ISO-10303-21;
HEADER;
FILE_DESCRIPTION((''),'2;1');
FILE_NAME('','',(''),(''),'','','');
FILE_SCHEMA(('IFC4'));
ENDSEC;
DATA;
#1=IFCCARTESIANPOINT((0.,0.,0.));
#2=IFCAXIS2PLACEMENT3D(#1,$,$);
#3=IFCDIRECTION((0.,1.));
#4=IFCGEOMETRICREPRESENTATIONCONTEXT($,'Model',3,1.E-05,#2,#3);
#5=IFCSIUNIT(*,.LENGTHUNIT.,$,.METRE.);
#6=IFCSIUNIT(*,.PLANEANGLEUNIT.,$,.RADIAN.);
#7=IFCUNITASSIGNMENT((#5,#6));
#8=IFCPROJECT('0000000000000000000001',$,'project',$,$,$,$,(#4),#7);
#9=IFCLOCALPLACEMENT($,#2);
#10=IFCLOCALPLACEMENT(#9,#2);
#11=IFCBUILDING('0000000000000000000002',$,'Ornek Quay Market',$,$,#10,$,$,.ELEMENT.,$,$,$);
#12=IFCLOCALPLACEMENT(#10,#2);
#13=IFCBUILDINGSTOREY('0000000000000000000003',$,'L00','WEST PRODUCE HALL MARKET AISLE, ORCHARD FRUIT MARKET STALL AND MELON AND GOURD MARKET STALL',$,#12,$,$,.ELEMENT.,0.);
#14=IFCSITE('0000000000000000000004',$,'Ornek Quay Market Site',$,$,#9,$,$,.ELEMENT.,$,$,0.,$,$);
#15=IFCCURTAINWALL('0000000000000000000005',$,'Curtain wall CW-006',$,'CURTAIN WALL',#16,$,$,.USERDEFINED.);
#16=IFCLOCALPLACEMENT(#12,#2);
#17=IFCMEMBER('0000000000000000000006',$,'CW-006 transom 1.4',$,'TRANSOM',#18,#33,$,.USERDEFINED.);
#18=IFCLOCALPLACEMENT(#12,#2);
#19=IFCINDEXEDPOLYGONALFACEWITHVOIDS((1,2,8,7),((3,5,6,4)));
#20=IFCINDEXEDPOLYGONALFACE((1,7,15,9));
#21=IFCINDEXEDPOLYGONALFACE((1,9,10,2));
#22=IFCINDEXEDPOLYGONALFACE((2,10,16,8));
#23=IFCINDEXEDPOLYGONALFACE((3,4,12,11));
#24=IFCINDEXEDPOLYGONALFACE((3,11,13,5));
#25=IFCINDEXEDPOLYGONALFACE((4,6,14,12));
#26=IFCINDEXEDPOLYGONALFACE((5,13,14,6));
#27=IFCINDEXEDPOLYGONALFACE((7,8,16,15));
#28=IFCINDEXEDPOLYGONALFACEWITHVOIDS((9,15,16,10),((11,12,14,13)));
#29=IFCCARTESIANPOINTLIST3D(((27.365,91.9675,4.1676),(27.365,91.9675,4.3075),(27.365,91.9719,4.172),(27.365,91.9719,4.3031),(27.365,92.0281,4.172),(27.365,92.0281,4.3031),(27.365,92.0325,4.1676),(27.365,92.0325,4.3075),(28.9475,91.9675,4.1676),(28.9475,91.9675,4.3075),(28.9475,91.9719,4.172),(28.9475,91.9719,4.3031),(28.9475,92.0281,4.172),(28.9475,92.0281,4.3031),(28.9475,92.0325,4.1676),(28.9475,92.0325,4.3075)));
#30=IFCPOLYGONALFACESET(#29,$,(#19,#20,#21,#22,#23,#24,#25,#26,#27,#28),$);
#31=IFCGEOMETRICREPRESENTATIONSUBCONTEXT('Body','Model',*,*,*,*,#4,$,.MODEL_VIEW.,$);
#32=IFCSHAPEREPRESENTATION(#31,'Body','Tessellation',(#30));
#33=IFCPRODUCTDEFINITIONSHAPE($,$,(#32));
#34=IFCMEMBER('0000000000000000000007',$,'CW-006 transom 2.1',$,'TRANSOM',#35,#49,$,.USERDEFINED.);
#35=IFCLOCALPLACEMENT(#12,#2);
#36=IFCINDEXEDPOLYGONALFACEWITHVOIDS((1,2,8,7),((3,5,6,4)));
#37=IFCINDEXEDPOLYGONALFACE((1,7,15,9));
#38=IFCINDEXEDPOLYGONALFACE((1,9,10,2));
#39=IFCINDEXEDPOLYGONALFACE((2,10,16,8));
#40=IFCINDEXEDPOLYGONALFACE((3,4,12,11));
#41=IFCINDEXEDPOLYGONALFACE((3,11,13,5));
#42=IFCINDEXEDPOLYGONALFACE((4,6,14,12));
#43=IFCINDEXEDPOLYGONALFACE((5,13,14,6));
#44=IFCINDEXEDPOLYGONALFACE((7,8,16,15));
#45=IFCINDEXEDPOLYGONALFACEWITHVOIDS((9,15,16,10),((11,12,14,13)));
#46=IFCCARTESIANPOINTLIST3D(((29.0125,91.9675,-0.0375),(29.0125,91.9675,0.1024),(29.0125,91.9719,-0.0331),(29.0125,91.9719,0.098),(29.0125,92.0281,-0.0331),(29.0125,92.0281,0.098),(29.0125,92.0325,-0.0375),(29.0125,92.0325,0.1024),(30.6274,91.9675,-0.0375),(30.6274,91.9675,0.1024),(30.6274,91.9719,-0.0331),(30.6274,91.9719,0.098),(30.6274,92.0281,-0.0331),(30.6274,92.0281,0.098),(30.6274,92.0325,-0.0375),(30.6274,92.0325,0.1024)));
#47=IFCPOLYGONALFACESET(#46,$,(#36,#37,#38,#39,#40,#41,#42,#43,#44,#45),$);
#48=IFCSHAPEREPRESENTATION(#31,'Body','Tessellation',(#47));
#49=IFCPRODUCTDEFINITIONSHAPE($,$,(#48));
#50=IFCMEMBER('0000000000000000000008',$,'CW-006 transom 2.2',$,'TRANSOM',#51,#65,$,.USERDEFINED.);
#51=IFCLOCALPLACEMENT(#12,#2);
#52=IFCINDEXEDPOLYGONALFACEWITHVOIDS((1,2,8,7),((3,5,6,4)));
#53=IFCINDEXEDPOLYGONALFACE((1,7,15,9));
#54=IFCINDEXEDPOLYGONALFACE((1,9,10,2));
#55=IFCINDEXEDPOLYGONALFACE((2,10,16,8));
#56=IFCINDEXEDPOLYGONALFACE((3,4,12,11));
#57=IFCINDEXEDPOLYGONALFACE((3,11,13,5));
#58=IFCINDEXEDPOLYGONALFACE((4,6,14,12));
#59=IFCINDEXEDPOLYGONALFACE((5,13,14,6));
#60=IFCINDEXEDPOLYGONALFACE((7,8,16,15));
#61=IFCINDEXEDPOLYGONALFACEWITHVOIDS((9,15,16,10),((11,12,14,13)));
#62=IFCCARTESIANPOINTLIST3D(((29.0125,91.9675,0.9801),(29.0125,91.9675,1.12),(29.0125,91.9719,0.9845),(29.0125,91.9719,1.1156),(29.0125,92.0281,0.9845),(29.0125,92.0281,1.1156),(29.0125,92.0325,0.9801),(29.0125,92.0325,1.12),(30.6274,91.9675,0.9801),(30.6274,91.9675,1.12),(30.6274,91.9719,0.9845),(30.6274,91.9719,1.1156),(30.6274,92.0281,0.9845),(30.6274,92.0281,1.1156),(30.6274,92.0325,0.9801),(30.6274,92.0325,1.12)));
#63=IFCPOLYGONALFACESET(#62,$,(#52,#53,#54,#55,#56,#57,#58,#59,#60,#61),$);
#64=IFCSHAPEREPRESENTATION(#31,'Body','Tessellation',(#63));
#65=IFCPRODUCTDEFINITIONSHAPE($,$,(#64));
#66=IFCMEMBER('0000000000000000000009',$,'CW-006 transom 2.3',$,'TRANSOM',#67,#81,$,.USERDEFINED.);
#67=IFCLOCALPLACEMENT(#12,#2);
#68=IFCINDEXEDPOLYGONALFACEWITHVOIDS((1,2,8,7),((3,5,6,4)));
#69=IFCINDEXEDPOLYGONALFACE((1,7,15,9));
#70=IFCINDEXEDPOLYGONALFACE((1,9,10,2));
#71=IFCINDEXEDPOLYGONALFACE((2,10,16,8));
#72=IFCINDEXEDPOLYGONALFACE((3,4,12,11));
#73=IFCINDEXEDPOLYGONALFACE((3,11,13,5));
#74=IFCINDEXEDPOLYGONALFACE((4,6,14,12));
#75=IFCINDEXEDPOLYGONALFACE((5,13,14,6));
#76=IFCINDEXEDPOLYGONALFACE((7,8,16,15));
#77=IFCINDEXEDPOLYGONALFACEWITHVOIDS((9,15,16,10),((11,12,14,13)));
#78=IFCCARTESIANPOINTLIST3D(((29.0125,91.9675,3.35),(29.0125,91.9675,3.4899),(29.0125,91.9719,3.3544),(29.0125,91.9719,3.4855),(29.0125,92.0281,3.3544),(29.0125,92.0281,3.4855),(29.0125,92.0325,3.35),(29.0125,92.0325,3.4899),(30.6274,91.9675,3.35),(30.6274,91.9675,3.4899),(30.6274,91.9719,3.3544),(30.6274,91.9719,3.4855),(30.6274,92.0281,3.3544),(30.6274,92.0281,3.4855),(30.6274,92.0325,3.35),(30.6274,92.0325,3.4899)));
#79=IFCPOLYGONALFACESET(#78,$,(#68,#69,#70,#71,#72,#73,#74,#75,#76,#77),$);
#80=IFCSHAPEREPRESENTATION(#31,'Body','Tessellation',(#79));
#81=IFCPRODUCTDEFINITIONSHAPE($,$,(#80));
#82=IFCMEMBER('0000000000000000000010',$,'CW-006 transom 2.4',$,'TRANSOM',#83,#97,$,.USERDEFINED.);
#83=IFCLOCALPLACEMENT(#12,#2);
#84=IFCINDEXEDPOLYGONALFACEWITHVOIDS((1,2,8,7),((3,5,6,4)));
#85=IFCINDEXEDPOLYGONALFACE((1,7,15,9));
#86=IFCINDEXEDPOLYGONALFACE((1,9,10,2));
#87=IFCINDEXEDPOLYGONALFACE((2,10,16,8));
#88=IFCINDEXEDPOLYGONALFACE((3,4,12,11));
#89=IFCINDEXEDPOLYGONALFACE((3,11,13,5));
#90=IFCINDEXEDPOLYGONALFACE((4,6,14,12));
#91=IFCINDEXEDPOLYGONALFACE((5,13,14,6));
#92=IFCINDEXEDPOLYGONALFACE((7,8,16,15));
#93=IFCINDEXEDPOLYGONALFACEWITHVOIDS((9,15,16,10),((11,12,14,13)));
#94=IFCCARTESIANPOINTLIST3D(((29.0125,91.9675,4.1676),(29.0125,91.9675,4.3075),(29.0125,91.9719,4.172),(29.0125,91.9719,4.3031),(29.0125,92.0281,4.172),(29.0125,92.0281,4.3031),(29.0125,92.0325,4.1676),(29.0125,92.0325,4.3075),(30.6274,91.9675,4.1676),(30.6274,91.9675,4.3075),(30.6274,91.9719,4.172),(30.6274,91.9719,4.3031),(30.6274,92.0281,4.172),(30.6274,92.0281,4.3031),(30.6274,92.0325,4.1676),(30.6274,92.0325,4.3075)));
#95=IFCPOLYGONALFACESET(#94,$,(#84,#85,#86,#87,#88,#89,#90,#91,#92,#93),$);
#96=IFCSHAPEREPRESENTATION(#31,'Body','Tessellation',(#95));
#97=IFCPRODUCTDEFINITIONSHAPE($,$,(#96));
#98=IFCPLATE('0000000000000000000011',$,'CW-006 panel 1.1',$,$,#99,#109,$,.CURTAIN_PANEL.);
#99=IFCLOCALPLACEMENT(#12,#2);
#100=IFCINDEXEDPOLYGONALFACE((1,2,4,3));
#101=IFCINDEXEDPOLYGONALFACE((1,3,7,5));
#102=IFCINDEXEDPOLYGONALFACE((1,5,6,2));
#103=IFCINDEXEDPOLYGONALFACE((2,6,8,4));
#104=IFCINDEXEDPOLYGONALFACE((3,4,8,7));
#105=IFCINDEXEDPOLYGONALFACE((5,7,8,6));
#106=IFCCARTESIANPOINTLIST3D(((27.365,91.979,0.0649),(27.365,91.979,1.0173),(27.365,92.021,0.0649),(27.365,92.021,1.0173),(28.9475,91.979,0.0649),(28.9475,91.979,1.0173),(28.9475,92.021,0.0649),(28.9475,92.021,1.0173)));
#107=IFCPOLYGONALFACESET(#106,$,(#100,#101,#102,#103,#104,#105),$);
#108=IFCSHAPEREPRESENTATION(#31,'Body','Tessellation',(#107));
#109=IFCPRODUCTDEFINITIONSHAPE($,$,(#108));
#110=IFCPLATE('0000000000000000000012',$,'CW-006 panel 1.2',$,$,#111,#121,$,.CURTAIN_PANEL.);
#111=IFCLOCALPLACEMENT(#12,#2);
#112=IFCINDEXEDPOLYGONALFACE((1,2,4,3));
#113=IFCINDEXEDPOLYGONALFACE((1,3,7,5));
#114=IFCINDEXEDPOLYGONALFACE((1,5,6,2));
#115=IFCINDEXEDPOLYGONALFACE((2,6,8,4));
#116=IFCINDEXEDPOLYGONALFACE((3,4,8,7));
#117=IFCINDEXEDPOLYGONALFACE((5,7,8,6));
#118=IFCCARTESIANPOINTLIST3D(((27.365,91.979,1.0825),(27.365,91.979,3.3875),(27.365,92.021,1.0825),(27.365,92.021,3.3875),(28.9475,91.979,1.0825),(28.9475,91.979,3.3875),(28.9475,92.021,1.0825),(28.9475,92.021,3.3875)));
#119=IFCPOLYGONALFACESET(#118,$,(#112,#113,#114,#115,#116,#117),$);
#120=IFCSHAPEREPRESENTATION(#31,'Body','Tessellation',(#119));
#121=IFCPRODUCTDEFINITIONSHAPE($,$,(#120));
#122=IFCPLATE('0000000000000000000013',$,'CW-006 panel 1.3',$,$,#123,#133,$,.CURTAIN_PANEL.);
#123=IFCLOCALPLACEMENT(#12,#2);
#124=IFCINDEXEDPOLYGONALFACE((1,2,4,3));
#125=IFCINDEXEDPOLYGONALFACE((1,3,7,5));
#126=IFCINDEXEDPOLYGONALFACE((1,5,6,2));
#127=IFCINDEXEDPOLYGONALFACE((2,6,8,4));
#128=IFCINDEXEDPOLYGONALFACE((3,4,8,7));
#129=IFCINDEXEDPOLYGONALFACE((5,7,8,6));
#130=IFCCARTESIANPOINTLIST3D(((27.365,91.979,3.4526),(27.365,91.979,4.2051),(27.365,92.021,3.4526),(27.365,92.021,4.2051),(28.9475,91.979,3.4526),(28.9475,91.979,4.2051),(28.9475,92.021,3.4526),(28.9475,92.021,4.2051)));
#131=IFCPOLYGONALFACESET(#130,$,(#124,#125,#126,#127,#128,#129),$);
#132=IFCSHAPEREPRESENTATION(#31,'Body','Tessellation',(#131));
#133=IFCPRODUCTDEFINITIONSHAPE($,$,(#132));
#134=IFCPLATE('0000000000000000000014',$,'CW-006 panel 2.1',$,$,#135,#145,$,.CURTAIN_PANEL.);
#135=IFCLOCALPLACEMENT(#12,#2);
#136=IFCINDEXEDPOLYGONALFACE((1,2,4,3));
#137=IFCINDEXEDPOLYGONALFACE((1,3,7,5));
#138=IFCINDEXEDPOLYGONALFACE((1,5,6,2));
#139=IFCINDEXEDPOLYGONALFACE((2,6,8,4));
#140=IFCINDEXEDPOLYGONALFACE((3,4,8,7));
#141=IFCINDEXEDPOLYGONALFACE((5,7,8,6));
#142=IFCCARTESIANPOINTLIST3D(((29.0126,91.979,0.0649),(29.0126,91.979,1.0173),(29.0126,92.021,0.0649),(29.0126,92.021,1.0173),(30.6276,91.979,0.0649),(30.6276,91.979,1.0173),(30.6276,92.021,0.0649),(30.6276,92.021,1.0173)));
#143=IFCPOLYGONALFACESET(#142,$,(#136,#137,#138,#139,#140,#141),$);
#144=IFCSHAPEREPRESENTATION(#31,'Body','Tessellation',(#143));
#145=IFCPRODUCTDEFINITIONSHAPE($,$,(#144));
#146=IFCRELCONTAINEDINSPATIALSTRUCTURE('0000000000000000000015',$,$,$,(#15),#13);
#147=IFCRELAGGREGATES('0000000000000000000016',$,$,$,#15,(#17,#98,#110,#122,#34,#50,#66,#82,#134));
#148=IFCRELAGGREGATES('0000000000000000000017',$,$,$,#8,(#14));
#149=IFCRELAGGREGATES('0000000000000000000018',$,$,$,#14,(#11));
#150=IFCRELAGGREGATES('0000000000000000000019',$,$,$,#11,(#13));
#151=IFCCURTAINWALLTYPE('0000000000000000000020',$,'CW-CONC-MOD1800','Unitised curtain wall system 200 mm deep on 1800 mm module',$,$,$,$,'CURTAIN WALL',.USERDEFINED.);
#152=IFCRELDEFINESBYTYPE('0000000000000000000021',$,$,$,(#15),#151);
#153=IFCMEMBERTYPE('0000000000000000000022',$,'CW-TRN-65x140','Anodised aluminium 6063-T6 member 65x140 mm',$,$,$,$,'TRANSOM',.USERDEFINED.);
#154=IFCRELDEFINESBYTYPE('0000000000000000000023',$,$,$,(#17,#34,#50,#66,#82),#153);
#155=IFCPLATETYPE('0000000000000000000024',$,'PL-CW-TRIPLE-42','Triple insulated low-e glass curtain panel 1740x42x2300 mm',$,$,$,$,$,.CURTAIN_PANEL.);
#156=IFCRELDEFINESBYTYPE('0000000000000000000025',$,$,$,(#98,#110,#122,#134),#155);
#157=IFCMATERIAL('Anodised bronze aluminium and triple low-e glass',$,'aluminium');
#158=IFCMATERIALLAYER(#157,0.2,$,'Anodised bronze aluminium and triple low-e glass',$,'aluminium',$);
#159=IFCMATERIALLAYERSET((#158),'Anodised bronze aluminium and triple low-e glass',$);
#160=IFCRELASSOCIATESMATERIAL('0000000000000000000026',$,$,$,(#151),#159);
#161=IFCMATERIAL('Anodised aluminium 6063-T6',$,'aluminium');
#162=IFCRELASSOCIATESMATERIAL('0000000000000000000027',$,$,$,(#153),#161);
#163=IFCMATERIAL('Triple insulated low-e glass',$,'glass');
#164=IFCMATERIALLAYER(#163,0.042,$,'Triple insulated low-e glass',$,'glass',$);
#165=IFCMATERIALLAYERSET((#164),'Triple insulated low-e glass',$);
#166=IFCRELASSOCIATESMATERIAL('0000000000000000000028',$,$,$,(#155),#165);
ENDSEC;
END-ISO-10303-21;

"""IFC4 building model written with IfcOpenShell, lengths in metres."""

from ifc_helpers import new_model, si_unit, direction, frame, origin, origin_2d, place, context, subcontext, project, spatial, rectangle, hollow_rectangle, extrude, material, layer, layer_set, material_profile, profile_set, type_object, element, aggregate, save


model = new_model("IFC4")

# Units and contexts
model_context = context("Model", 3, precision=1e-05, world=origin(), true_north=direction((0.0, 1.0)))
body_context = subcontext(model_context, "Body", "Model", "MODEL_VIEW")
ifc_project = project(units=[si_unit("LENGTHUNIT", "METRE"), si_unit("PLANEANGLEUNIT", "RADIAN")], contexts=[model_context])

# Site, building, storey
site_placement = place(None, origin())
site = spatial("IfcSite", under=ifc_project, at=site_placement, Name="Ornek Quay Market Site", CompositionType="ELEMENT", RefElevation=0.0)
building_placement = place(site_placement, origin())
building = spatial("IfcBuilding", under=site, at=building_placement, Name="Ornek Quay Market", CompositionType="ELEMENT")
storey_placement = place(building_placement, origin())
storey = spatial("IfcBuildingStorey", under=building, at=storey_placement, Name="L00", Description="WEST PRODUCE HALL MARKET AISLE, ORCHARD FRUIT MARKET STALL AND MELON AND GOURD MARKET STALL", CompositionType="ELEMENT", Elevation=0.0)

# Curtain wall, members, plates
ifc_material_1 = material(Name="Anodised bronze aluminium and triple low-e glass", Category="aluminium")
ifc_layer_1 = layer(ifc_material_1, 0.2, Name="Anodised bronze aluminium and triple low-e glass", Category="aluminium")
ifc_layer_set_1 = layer_set([ifc_layer_1], Name="Anodised bronze aluminium and triple low-e glass")
curtain_wall_type = type_object("IfcCurtainWallType", Name="CW-CONC-MOD1800", Description="Unitised curtain wall system 200 mm deep on 1800 mm module", ElementType="CURTAIN WALL", PredefinedType="USERDEFINED", material=ifc_layer_set_1)
curtain_wall_placement = place(storey_placement, origin())
curtain_wall = element("IfcCurtainWall", 1, at=curtain_wall_placement, inside=storey, type_object=curtain_wall_type, Name="Curtain wall CW-006", ObjectType="CURTAIN WALL", PredefinedType="USERDEFINED")
ifc_material_2 = material(Name="Anodised aluminium 6063-T6", Category="aluminium")
ifc_material_profile_1 = material_profile(ifc_material_2, hollow_rectangle(XDim=0.0649, YDim=0.1399, WallThickness=0.0044, at=origin_2d()), Name="CW-TRN-65x140", Category="aluminium")
ifc_profile_set_1 = profile_set([ifc_material_profile_1], Name="Anodised aluminium 6063-T6")
member_type_1 = type_object("IfcMemberType", Name="CW-TRN-65x140", Description="Anodised aluminium 6063-T6 member 65x140 mm", ElementType="TRANSOM", PredefinedType="USERDEFINED", material=ifc_profile_set_1)
member_1_placement = place(storey_placement, frame((27.365, 92.0, 4.2375), z_axis=(1.0, 0.0, 0.0), x_axis=(0.0, 1.0, 0.0)))
member_1 = element("IfcMember", 2, at=member_1_placement, type_object=member_type_1, Name="CW-006 transom 1.4", ObjectType="TRANSOM", PredefinedType="USERDEFINED", context=body_context, shape_type="SweptSolid", body=[
    extrude(hollow_rectangle(XDim=0.0649, YDim=0.1399, WallThickness=0.0044, at=origin_2d()), origin(), (0.0, 0.0, 1.0), 1.5825),
])
member_2_placement = place(storey_placement, frame((29.0125, 92.0, 0.0325), z_axis=(1.0, 0.0, 0.0), x_axis=(0.0, 1.0, 0.0)))
member_2 = element("IfcMember", 3, at=member_2_placement, type_object=member_type_1, Name="CW-006 transom 2.1", ObjectType="TRANSOM", PredefinedType="USERDEFINED", context=body_context, shape_type="SweptSolid", body=[
    extrude(hollow_rectangle(XDim=0.0649, YDim=0.1399, WallThickness=0.0044, at=origin_2d()), origin(), (0.0, 0.0, 1.0), 1.615),
])
member_3_placement = place(storey_placement, frame((29.0125, 92.0, 1.05), z_axis=(1.0, 0.0, 0.0), x_axis=(0.0, 1.0, 0.0)))
member_3 = element("IfcMember", 4, at=member_3_placement, type_object=member_type_1, Name="CW-006 transom 2.2", ObjectType="TRANSOM", PredefinedType="USERDEFINED", context=body_context, shape_type="SweptSolid", body=[
    extrude(hollow_rectangle(XDim=0.0649, YDim=0.1399, WallThickness=0.0044, at=origin_2d()), origin(), (0.0, 0.0, 1.0), 1.615),
])
member_4_placement = place(storey_placement, frame((29.0125, 92.0, 3.4199), z_axis=(1.0, 0.0, 0.0), x_axis=(0.0, 1.0, 0.0)))
member_4 = element("IfcMember", 5, at=member_4_placement, type_object=member_type_1, Name="CW-006 transom 2.3", ObjectType="TRANSOM", PredefinedType="USERDEFINED", context=body_context, shape_type="SweptSolid", body=[
    extrude(hollow_rectangle(XDim=0.0649, YDim=0.1399, WallThickness=0.0044, at=origin_2d()), origin(), (0.0, 0.0, 1.0), 1.615),
])
member_5_placement = place(storey_placement, frame((29.0125, 92.0, 4.2375), z_axis=(1.0, 0.0, 0.0), x_axis=(0.0, 1.0, 0.0)))
member_5 = element("IfcMember", 6, at=member_5_placement, type_object=member_type_1, Name="CW-006 transom 2.4", ObjectType="TRANSOM", PredefinedType="USERDEFINED", context=body_context, shape_type="SweptSolid", body=[
    extrude(hollow_rectangle(XDim=0.0649, YDim=0.1399, WallThickness=0.0044, at=origin_2d()), origin(), (0.0, 0.0, 1.0), 1.615),
])
ifc_material_3 = material(Name="Triple insulated low-e glass", Category="glass")
ifc_layer_2 = layer(ifc_material_3, 0.042, Name="Triple insulated low-e glass", Category="glass")
ifc_layer_set_2 = layer_set([ifc_layer_2], Name="Triple insulated low-e glass")
plate_type = type_object("IfcPlateType", Name="PL-CW-TRIPLE-42", Description="Triple insulated low-e glass curtain panel 1740x42x2300 mm", PredefinedType="CURTAIN_PANEL", material=ifc_layer_set_2)
plate_1_placement = place(storey_placement, frame((28.1562, 92.0, 0.0649), z_axis=(0.0, 0.0, 1.0), x_axis=(1.0, 0.0, 0.0)))
plate_1 = element("IfcPlate", 7, at=plate_1_placement, type_object=plate_type, Name="CW-006 panel 1.1", PredefinedType="CURTAIN_PANEL", context=body_context, shape_type="SweptSolid", body=[
    extrude(rectangle(XDim=1.5825, YDim=0.042, at=origin_2d()), origin(), (0.0, 0.0, 1.0), 0.9524),
])
plate_2_placement = place(storey_placement, frame((28.1562, 92.0, 1.0825), z_axis=(0.0, 0.0, 1.0), x_axis=(1.0, 0.0, 0.0)))
plate_2 = element("IfcPlate", 8, at=plate_2_placement, type_object=plate_type, Name="CW-006 panel 1.2", PredefinedType="CURTAIN_PANEL", context=body_context, shape_type="SweptSolid", body=[
    extrude(rectangle(XDim=1.5825, YDim=0.042, at=origin_2d()), origin(), (0.0, 0.0, 1.0), 2.3049),
])
plate_3_placement = place(storey_placement, frame((28.1562, 92.0, 3.4526), z_axis=(0.0, 0.0, 1.0), x_axis=(1.0, 0.0, 0.0)))
plate_3 = element("IfcPlate", 9, at=plate_3_placement, type_object=plate_type, Name="CW-006 panel 1.3", PredefinedType="CURTAIN_PANEL", context=body_context, shape_type="SweptSolid", body=[
    extrude(rectangle(XDim=1.5825, YDim=0.042, at=origin_2d()), origin(), (0.0, 0.0, 1.0), 0.7524),
])
plate_4_placement = place(storey_placement, frame((29.8201, 92.0, 0.0649), z_axis=(0.0, 0.0, 1.0), x_axis=(1.0, 0.0, 0.0)))
plate_4 = element("IfcPlate", 10, at=plate_4_placement, type_object=plate_type, Name="CW-006 panel 2.1", PredefinedType="CURTAIN_PANEL", context=body_context, shape_type="SweptSolid", body=[
    extrude(rectangle(XDim=1.615, YDim=0.042, at=origin_2d()), origin(), (0.0, 0.0, 1.0), 0.9524),
])
aggregate(curtain_wall, [member_1, plate_1, plate_2, plate_3, member_2, member_3, member_4, member_5, plate_4])

save(model, "model.ifc")
